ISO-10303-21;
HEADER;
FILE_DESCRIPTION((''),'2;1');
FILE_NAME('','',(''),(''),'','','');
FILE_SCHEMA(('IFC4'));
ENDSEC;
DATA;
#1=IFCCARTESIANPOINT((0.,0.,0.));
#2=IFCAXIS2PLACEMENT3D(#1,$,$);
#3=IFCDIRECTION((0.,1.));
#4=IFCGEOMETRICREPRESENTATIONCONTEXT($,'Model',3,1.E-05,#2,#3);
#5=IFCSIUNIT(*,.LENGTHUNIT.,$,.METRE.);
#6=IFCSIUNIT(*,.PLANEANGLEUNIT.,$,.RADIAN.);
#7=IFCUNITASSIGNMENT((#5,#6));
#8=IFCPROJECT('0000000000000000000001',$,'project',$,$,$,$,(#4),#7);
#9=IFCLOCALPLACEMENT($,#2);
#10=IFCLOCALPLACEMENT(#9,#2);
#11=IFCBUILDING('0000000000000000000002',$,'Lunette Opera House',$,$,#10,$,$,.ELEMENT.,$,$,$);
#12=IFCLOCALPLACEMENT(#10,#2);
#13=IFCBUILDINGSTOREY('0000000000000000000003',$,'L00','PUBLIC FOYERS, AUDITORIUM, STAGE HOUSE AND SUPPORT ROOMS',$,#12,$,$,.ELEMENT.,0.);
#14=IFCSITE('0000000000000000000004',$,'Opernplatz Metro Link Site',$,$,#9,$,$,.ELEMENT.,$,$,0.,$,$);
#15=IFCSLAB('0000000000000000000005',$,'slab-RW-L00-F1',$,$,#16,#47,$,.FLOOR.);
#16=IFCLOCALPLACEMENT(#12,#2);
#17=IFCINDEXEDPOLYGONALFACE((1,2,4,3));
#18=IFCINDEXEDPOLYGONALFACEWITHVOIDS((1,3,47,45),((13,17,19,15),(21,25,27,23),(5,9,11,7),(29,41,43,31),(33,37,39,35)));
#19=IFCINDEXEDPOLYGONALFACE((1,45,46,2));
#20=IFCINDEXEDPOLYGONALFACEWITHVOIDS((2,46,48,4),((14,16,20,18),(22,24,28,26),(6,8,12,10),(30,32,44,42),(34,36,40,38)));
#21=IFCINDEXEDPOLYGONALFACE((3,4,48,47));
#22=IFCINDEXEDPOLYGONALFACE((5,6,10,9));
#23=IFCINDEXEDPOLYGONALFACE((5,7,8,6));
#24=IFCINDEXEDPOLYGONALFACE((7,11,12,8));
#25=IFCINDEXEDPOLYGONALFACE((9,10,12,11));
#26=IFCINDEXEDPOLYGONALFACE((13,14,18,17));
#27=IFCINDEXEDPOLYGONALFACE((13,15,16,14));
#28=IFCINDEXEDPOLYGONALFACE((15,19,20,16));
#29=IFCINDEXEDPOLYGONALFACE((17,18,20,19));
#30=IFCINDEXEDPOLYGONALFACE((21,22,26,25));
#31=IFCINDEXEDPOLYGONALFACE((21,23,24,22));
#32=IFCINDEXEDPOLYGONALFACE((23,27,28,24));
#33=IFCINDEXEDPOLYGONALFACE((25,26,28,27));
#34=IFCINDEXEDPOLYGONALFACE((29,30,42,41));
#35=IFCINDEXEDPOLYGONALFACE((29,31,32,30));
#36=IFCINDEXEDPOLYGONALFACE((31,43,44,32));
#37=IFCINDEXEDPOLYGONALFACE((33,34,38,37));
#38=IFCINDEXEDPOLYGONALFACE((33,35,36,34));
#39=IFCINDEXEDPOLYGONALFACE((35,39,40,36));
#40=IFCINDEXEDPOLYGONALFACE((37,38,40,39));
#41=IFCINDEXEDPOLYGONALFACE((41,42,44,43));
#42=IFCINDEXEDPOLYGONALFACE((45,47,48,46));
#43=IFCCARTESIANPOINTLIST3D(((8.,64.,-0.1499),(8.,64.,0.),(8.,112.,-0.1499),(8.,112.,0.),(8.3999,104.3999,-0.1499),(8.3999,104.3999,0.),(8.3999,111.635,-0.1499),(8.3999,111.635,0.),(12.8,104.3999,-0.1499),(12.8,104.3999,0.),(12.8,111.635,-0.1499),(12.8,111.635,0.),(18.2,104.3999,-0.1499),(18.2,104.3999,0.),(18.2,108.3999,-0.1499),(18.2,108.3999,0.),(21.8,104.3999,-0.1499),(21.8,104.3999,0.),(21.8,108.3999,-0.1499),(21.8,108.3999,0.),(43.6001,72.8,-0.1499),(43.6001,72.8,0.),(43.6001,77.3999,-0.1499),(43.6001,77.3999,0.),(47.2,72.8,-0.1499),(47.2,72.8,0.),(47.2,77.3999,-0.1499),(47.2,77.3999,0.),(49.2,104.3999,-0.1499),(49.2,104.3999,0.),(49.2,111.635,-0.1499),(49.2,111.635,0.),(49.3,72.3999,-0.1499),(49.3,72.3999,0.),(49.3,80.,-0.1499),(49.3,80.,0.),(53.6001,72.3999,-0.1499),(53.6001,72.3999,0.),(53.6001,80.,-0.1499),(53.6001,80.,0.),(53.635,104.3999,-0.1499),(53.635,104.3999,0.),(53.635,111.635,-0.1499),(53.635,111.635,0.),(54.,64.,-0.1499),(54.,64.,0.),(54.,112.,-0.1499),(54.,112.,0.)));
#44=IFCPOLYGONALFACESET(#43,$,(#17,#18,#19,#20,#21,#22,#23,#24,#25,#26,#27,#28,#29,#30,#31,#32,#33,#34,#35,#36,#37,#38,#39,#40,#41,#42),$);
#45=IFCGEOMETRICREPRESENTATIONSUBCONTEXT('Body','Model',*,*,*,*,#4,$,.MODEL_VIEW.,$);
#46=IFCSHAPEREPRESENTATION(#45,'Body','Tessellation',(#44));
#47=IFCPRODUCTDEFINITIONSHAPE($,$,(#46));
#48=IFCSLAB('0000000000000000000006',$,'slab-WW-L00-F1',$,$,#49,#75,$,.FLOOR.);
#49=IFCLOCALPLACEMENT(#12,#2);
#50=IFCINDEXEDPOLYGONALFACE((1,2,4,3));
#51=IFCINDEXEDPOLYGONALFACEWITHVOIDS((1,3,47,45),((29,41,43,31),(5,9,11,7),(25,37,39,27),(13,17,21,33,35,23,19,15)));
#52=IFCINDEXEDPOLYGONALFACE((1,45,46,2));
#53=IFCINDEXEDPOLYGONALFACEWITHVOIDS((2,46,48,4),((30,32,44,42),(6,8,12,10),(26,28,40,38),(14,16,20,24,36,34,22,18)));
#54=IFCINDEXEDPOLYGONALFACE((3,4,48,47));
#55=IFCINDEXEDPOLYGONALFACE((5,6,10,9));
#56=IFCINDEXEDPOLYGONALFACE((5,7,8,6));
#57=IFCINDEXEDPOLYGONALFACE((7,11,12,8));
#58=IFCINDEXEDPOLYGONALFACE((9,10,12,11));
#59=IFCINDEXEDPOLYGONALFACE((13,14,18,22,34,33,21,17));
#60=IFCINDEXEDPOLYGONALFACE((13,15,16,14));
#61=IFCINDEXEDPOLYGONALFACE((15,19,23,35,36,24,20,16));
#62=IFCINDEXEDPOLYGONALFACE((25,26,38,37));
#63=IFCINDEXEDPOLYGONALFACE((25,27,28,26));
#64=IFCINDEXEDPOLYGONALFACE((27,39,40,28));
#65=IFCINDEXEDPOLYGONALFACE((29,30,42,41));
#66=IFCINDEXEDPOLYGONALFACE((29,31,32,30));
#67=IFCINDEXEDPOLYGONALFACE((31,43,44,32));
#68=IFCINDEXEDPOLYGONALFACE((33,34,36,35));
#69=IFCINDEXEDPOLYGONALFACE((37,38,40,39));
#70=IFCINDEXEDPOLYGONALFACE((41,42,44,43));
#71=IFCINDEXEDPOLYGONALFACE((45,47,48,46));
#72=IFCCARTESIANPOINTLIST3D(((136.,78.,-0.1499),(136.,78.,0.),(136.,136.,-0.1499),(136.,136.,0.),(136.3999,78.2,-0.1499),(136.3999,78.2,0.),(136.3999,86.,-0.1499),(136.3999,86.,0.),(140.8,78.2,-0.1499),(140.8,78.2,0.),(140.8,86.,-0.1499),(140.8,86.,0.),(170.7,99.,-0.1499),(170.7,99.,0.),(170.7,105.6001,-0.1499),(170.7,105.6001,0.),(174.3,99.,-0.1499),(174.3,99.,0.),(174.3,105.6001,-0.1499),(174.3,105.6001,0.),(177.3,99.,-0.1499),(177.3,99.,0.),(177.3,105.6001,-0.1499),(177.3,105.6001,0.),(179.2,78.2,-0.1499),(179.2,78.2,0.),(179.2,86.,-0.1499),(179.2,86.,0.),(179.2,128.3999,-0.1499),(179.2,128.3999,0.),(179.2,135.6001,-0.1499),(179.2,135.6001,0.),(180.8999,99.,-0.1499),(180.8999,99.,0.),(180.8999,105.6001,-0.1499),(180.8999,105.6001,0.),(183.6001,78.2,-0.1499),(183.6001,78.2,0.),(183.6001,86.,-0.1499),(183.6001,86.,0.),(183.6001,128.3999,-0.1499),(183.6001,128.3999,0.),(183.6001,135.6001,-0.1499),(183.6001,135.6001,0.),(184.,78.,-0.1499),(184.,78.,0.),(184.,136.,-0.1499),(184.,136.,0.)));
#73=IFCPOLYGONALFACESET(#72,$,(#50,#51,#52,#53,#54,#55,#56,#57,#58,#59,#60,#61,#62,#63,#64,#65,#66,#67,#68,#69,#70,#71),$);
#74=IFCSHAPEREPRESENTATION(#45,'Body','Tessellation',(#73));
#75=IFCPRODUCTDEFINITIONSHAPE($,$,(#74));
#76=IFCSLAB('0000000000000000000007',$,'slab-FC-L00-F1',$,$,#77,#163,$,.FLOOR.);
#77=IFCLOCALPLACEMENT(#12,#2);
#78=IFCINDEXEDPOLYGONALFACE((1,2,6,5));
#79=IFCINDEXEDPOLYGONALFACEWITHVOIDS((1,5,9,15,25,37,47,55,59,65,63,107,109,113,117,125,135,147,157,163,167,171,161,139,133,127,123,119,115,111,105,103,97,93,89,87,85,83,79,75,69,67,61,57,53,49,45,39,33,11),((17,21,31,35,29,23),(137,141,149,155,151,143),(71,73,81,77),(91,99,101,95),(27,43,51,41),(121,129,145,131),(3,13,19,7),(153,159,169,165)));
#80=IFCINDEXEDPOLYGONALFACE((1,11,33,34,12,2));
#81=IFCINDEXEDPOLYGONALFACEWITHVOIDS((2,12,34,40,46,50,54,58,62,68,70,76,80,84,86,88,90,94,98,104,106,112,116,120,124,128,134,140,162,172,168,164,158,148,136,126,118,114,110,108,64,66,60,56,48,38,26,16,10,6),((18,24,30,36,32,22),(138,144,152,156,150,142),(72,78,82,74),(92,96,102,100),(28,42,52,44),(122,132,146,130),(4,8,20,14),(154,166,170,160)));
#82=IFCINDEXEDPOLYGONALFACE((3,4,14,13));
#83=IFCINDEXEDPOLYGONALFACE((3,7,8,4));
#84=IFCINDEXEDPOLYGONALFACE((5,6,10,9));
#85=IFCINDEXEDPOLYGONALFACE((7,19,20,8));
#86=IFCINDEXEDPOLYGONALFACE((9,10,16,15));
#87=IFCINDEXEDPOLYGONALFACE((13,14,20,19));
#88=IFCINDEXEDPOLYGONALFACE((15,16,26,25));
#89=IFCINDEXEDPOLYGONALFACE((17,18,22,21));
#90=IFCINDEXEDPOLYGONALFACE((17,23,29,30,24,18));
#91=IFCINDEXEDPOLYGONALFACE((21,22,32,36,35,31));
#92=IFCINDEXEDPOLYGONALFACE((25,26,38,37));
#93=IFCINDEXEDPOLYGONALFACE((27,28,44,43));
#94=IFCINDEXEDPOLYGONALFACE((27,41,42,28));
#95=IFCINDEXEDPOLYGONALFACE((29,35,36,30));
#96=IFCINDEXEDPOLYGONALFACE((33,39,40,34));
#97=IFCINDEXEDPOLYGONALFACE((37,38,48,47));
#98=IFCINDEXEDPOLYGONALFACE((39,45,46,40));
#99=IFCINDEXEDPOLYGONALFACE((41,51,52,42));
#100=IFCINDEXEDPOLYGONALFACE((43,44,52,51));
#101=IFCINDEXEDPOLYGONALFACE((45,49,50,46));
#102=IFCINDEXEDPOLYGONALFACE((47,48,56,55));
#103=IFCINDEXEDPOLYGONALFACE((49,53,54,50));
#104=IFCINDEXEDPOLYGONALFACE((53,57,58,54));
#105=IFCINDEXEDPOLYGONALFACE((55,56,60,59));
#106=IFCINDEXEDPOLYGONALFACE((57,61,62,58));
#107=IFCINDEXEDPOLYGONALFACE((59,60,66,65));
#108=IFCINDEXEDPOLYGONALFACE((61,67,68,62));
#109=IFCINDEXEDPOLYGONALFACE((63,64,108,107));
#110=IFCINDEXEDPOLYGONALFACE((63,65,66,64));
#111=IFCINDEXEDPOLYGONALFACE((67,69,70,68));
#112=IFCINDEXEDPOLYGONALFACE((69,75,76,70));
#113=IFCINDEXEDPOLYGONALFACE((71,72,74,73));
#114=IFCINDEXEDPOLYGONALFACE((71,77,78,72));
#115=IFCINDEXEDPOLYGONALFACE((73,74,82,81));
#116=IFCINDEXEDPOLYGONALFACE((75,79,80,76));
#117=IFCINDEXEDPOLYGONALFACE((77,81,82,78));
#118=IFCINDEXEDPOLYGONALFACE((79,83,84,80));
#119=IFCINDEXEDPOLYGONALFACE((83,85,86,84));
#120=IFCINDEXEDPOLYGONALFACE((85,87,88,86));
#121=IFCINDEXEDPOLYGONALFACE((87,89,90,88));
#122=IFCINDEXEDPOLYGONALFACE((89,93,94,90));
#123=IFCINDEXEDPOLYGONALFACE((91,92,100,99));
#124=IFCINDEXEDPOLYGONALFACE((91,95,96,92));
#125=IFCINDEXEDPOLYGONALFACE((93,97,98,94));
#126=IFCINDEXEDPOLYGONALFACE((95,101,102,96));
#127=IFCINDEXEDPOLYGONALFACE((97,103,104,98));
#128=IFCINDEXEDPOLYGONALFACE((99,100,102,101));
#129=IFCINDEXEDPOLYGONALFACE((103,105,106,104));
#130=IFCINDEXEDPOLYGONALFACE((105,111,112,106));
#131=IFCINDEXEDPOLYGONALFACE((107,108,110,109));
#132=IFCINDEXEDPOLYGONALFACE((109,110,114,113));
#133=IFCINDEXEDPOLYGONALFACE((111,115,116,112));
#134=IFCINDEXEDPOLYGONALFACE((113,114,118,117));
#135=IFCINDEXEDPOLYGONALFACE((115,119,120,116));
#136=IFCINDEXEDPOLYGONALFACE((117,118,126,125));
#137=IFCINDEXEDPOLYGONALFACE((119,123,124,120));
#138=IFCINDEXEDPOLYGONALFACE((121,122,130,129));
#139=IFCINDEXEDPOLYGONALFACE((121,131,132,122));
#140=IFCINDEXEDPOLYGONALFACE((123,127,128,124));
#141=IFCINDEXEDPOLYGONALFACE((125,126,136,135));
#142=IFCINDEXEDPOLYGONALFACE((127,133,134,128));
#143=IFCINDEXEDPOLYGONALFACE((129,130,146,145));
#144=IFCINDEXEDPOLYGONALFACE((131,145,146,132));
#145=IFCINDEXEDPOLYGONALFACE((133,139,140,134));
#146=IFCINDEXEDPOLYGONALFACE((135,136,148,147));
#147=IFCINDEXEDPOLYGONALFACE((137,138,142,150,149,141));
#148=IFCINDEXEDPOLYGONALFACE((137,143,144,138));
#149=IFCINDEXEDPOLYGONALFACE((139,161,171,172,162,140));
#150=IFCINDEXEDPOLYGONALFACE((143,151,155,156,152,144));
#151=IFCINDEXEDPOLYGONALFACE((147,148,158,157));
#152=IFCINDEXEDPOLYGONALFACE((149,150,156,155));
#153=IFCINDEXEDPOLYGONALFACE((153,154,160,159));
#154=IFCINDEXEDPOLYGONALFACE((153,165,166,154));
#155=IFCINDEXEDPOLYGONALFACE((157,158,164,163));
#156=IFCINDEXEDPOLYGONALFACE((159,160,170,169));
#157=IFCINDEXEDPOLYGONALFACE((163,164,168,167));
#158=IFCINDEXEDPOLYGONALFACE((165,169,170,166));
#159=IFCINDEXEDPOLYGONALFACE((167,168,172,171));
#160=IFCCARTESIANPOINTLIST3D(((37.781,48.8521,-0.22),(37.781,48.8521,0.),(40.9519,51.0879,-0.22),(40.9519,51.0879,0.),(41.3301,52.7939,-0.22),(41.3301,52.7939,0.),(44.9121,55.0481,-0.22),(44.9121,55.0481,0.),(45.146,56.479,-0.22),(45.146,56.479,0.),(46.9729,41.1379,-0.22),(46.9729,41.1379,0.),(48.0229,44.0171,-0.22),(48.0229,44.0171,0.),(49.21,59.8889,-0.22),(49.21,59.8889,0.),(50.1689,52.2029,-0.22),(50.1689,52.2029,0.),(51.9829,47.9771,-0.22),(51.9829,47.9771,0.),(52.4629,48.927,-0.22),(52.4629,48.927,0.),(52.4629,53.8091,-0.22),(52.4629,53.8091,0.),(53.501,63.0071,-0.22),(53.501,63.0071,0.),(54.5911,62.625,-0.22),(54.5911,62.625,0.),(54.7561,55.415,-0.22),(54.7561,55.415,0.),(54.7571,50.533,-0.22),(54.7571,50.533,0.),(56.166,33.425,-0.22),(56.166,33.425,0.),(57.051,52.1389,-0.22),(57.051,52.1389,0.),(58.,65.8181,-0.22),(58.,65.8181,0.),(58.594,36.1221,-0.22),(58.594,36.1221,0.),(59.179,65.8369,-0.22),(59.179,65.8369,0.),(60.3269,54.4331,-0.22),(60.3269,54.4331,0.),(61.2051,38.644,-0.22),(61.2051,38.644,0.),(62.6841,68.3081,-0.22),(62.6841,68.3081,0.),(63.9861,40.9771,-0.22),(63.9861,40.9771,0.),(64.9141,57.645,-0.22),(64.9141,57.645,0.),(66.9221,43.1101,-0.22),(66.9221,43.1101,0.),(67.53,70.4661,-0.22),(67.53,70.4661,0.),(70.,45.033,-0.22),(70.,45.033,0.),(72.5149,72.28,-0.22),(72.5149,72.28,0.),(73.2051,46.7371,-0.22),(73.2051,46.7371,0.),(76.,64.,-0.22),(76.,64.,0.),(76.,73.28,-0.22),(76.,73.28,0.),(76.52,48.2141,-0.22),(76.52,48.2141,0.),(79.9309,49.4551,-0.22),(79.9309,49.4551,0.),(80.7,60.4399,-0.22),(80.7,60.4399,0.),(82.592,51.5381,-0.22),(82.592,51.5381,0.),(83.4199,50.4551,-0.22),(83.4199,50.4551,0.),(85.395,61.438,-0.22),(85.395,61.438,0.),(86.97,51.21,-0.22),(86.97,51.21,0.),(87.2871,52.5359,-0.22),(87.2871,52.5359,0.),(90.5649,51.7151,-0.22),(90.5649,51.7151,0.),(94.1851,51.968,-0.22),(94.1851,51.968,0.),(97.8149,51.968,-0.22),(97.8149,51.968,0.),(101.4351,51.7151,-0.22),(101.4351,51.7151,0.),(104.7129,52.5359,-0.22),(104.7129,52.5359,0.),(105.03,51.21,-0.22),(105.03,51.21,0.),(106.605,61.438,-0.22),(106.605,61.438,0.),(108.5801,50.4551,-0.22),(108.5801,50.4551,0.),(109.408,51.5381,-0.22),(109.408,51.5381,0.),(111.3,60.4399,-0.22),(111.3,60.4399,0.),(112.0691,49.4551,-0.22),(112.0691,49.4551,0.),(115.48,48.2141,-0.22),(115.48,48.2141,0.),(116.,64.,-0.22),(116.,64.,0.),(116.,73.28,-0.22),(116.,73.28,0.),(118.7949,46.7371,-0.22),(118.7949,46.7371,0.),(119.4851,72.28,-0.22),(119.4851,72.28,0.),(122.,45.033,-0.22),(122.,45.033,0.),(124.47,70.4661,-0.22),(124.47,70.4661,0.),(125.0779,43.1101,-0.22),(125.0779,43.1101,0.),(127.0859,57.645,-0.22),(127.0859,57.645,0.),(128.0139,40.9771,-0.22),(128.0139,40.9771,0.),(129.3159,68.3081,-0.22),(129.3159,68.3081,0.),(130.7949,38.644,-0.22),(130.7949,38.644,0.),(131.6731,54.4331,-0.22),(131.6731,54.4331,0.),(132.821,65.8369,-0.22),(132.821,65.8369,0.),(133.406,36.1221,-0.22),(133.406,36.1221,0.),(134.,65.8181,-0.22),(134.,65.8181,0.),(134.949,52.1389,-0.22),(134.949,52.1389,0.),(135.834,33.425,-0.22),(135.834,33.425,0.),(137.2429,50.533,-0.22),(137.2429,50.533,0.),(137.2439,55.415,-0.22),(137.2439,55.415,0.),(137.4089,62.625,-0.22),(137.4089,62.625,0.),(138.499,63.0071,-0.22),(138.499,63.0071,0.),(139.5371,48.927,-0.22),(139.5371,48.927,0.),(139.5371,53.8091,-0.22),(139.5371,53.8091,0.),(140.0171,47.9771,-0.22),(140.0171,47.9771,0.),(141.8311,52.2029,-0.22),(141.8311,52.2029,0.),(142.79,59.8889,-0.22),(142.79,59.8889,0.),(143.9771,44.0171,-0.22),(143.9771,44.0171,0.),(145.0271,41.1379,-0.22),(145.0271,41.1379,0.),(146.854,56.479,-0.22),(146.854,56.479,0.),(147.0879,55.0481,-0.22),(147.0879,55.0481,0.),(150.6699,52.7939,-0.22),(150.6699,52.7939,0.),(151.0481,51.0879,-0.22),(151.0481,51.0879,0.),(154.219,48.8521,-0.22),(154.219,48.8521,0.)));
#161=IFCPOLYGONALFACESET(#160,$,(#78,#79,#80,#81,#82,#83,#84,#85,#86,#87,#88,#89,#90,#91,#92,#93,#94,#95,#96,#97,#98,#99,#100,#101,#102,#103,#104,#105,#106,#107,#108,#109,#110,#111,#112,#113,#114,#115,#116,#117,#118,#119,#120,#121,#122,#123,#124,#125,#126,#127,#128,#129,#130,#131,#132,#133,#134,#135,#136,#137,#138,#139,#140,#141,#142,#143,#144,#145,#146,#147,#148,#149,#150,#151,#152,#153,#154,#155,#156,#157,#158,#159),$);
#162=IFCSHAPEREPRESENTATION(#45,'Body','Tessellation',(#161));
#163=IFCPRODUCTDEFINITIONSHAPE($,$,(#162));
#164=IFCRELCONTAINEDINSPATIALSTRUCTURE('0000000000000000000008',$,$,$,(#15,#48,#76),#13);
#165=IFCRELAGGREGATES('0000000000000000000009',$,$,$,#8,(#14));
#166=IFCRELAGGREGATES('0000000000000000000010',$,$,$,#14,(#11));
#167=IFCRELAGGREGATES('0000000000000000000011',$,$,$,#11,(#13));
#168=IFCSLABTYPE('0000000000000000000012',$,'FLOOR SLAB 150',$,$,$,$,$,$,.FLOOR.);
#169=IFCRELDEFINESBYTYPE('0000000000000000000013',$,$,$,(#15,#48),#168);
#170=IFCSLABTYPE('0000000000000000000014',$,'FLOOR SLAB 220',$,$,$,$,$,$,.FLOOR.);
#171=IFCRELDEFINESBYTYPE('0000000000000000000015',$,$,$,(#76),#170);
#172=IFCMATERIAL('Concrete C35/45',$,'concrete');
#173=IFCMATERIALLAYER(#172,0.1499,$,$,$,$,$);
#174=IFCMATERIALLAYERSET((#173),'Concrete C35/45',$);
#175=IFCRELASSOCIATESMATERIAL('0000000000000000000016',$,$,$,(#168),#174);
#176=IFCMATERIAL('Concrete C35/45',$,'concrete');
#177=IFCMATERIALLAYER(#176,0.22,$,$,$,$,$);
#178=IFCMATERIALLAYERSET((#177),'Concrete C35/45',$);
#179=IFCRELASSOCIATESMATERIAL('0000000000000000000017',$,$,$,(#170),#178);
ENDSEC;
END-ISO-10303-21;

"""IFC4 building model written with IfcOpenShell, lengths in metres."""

from ifc_helpers import new_model, si_unit, direction, frame, origin, place, context, subcontext, project, spatial, polyline, outline, extrude, material, layer, layer_set, type_object, element, save


model = new_model("IFC4")

# Units and contexts
model_context = context("Model", 3, precision=1e-05, world=origin(), true_north=direction((0.0, 1.0)))
body_context = subcontext(model_context, "Body", "Model", "MODEL_VIEW")
ifc_project = project(units=[si_unit("LENGTHUNIT", "METRE"), si_unit("PLANEANGLEUNIT", "RADIAN")], contexts=[model_context])

# Site, building, storey
site_placement = place(None, origin())
site = spatial("IfcSite", under=ifc_project, at=site_placement, Name="Opernplatz Metro Link Site", CompositionType="ELEMENT", RefElevation=0.0)
building_placement = place(site_placement, origin())
building = spatial("IfcBuilding", under=site, at=building_placement, Name="Lunette Opera House", CompositionType="ELEMENT")
storey_placement = place(building_placement, origin())
storey = spatial("IfcBuildingStorey", under=building, at=storey_placement, Name="L00", Description="PUBLIC FOYERS, AUDITORIUM, STAGE HOUSE AND SUPPORT ROOMS", CompositionType="ELEMENT", Elevation=0.0)

# Slabs
ifc_material_1 = material(Name="Concrete C35/45", Category="concrete")
ifc_layer_1 = layer(ifc_material_1, 0.1499)
ifc_layer_set_1 = layer_set([ifc_layer_1], Name="Concrete C35/45")
slab_type_1 = type_object("IfcSlabType", Name="FLOOR SLAB 150", PredefinedType="FLOOR", material=ifc_layer_set_1)
slab_1_placement = place(storey_placement, frame((0.0, 0.0, -0.1499)))
element("IfcSlab", 1, at=slab_1_placement, inside=storey, type_object=slab_type_1, Name="slab-RW-L00-F1", PredefinedType="FLOOR", context=body_context, shape_type="SweptSolid", body=[
    extrude(outline(polyline([(8.0, 64.0), (54.0, 64.0), (54.0, 112.0), (8.0, 112.0), (8.0, 64.0)]), holes=[polyline([(43.6001, 72.8), (43.6001, 77.3999), (47.2, 77.3999), (47.2, 72.8), (43.6001, 72.8)]), polyline([(49.3, 72.3999), (49.3, 80.0), (53.6001, 80.0), (53.6001, 72.3999), (49.3, 72.3999)]), polyline([(18.2, 104.3999), (18.2, 108.3999), (21.8, 108.3999), (21.8, 104.3999), (18.2, 104.3999)]), polyline([(8.3999, 111.635), (12.8, 111.635), (12.8, 104.3999), (8.3999, 104.3999), (8.3999, 111.635)]), polyline([(49.2, 111.635), (53.635, 111.635), (53.635, 104.3999), (49.2, 104.3999), (49.2, 111.635)])]), origin(), (0.0, 0.0, 1.0), 0.1499),
])
slab_2_placement = place(storey_placement, frame((0.0, 0.0, -0.1499)))
element("IfcSlab", 2, at=slab_2_placement, inside=storey, type_object=slab_type_1, Name="slab-WW-L00-F1", PredefinedType="FLOOR", context=body_context, shape_type="SweptSolid", body=[
    extrude(outline(polyline([(136.0, 78.0), (184.0, 78.0), (184.0, 136.0), (136.0, 136.0), (136.0, 78.0)]), holes=[polyline([(136.3999, 78.2), (136.3999, 86.0), (140.8, 86.0), (140.8, 78.2), (136.3999, 78.2)]), polyline([(179.2, 86.0), (183.6001, 86.0), (183.6001, 78.2), (179.2, 78.2), (179.2, 86.0)]), polyline([(170.7, 105.6001), (174.3, 105.6001), (177.3, 105.6001), (180.8999, 105.6001), (180.8999, 99.0), (177.3, 99.0), (174.3, 99.0), (170.7, 99.0), (170.7, 105.6001)]), polyline([(179.2, 135.6001), (183.6001, 135.6001), (183.6001, 128.3999), (179.2, 128.3999), (179.2, 135.6001)])]), origin(), (0.0, 0.0, 1.0), 0.1499),
])
ifc_material_2 = material(Name="Concrete C35/45", Category="concrete")
ifc_layer_2 = layer(ifc_material_2, 0.22)
ifc_layer_set_2 = layer_set([ifc_layer_2], Name="Concrete C35/45")
slab_type_2 = type_object("IfcSlabType", Name="FLOOR SLAB 220", PredefinedType="FLOOR", material=ifc_layer_set_2)
slab_3_placement = place(storey_placement, frame((0.0, 0.0, -0.22)))
element("IfcSlab", 3, at=slab_3_placement, inside=storey, type_object=slab_type_2, Name="slab-FC-L00-F1", PredefinedType="FLOOR", context=body_context, shape_type="SweptSolid", body=[
    extrude(outline(polyline([(133.406, 36.1221), (135.834, 33.425), (145.0271, 41.1379), (154.219, 48.8521), (150.6699, 52.7939), (146.854, 56.479), (142.79, 59.8889), (138.499, 63.0071), (134.0, 65.8181), (129.3159, 68.3081), (124.47, 70.4661), (119.4851, 72.28), (116.0, 73.28), (116.0, 64.0), (76.0, 64.0), (76.0, 73.28), (72.5149, 72.28), (67.53, 70.4661), (62.6841, 68.3081), (58.0, 65.8181), (53.501, 63.0071), (49.21, 59.8889), (45.146, 56.479), (41.3301, 52.7939), (37.781, 48.8521), (46.9729, 41.1379), (56.166, 33.425), (58.594, 36.1221), (61.2051, 38.644), (63.9861, 40.9771), (66.9221, 43.1101), (70.0, 45.033), (73.2051, 46.7371), (76.52, 48.2141), (79.9309, 49.4551), (83.4199, 50.4551), (86.97, 51.21), (90.5649, 51.7151), (94.1851, 51.968), (97.8149, 51.968), (101.4351, 51.7151), (105.03, 51.21), (108.5801, 50.4551), (112.0691, 49.4551), (115.48, 48.2141), (118.7949, 46.7371), (122.0, 45.033), (125.0779, 43.1101), (128.0139, 40.9771), (130.7949, 38.644), (133.406, 36.1221)]), holes=[polyline([(44.9121, 55.0481), (51.9829, 47.9771), (48.0229, 44.0171), (40.9519, 51.0879), (44.9121, 55.0481)]), polyline([(151.0481, 51.0879), (143.9771, 44.0171), (140.0171, 47.9771), (147.0879, 55.0481), (151.0481, 51.0879)]), polyline([(50.1689, 52.2029), (52.4629, 53.8091), (54.7561, 55.415), (57.051, 52.1389), (54.7571, 50.533), (52.4629, 48.927), (50.1689, 52.2029)]), polyline([(139.5371, 48.927), (137.2429, 50.533), (134.949, 52.1389), (137.2439, 55.415), (139.5371, 53.8091), (141.8311, 52.2029), (139.5371, 48.927)]), polyline([(87.2871, 52.5359), (82.592, 51.5381), (80.7, 60.4399), (85.395, 61.438), (87.2871, 52.5359)]), polyline([(109.408, 51.5381), (104.7129, 52.5359), (106.605, 61.438), (111.3, 60.4399), (109.408, 51.5381)]), polyline([(59.179, 65.8369), (64.9141, 57.645), (60.3269, 54.4331), (54.5911, 62.625), (59.179, 65.8369)]), polyline([(131.6731, 54.4331), (127.0859, 57.645), (132.821, 65.8369), (137.4089, 62.625), (131.6731, 54.4331)])]), origin(), (0.0, 0.0, 1.0), 0.22),
])

save(model, "model.ifc")
